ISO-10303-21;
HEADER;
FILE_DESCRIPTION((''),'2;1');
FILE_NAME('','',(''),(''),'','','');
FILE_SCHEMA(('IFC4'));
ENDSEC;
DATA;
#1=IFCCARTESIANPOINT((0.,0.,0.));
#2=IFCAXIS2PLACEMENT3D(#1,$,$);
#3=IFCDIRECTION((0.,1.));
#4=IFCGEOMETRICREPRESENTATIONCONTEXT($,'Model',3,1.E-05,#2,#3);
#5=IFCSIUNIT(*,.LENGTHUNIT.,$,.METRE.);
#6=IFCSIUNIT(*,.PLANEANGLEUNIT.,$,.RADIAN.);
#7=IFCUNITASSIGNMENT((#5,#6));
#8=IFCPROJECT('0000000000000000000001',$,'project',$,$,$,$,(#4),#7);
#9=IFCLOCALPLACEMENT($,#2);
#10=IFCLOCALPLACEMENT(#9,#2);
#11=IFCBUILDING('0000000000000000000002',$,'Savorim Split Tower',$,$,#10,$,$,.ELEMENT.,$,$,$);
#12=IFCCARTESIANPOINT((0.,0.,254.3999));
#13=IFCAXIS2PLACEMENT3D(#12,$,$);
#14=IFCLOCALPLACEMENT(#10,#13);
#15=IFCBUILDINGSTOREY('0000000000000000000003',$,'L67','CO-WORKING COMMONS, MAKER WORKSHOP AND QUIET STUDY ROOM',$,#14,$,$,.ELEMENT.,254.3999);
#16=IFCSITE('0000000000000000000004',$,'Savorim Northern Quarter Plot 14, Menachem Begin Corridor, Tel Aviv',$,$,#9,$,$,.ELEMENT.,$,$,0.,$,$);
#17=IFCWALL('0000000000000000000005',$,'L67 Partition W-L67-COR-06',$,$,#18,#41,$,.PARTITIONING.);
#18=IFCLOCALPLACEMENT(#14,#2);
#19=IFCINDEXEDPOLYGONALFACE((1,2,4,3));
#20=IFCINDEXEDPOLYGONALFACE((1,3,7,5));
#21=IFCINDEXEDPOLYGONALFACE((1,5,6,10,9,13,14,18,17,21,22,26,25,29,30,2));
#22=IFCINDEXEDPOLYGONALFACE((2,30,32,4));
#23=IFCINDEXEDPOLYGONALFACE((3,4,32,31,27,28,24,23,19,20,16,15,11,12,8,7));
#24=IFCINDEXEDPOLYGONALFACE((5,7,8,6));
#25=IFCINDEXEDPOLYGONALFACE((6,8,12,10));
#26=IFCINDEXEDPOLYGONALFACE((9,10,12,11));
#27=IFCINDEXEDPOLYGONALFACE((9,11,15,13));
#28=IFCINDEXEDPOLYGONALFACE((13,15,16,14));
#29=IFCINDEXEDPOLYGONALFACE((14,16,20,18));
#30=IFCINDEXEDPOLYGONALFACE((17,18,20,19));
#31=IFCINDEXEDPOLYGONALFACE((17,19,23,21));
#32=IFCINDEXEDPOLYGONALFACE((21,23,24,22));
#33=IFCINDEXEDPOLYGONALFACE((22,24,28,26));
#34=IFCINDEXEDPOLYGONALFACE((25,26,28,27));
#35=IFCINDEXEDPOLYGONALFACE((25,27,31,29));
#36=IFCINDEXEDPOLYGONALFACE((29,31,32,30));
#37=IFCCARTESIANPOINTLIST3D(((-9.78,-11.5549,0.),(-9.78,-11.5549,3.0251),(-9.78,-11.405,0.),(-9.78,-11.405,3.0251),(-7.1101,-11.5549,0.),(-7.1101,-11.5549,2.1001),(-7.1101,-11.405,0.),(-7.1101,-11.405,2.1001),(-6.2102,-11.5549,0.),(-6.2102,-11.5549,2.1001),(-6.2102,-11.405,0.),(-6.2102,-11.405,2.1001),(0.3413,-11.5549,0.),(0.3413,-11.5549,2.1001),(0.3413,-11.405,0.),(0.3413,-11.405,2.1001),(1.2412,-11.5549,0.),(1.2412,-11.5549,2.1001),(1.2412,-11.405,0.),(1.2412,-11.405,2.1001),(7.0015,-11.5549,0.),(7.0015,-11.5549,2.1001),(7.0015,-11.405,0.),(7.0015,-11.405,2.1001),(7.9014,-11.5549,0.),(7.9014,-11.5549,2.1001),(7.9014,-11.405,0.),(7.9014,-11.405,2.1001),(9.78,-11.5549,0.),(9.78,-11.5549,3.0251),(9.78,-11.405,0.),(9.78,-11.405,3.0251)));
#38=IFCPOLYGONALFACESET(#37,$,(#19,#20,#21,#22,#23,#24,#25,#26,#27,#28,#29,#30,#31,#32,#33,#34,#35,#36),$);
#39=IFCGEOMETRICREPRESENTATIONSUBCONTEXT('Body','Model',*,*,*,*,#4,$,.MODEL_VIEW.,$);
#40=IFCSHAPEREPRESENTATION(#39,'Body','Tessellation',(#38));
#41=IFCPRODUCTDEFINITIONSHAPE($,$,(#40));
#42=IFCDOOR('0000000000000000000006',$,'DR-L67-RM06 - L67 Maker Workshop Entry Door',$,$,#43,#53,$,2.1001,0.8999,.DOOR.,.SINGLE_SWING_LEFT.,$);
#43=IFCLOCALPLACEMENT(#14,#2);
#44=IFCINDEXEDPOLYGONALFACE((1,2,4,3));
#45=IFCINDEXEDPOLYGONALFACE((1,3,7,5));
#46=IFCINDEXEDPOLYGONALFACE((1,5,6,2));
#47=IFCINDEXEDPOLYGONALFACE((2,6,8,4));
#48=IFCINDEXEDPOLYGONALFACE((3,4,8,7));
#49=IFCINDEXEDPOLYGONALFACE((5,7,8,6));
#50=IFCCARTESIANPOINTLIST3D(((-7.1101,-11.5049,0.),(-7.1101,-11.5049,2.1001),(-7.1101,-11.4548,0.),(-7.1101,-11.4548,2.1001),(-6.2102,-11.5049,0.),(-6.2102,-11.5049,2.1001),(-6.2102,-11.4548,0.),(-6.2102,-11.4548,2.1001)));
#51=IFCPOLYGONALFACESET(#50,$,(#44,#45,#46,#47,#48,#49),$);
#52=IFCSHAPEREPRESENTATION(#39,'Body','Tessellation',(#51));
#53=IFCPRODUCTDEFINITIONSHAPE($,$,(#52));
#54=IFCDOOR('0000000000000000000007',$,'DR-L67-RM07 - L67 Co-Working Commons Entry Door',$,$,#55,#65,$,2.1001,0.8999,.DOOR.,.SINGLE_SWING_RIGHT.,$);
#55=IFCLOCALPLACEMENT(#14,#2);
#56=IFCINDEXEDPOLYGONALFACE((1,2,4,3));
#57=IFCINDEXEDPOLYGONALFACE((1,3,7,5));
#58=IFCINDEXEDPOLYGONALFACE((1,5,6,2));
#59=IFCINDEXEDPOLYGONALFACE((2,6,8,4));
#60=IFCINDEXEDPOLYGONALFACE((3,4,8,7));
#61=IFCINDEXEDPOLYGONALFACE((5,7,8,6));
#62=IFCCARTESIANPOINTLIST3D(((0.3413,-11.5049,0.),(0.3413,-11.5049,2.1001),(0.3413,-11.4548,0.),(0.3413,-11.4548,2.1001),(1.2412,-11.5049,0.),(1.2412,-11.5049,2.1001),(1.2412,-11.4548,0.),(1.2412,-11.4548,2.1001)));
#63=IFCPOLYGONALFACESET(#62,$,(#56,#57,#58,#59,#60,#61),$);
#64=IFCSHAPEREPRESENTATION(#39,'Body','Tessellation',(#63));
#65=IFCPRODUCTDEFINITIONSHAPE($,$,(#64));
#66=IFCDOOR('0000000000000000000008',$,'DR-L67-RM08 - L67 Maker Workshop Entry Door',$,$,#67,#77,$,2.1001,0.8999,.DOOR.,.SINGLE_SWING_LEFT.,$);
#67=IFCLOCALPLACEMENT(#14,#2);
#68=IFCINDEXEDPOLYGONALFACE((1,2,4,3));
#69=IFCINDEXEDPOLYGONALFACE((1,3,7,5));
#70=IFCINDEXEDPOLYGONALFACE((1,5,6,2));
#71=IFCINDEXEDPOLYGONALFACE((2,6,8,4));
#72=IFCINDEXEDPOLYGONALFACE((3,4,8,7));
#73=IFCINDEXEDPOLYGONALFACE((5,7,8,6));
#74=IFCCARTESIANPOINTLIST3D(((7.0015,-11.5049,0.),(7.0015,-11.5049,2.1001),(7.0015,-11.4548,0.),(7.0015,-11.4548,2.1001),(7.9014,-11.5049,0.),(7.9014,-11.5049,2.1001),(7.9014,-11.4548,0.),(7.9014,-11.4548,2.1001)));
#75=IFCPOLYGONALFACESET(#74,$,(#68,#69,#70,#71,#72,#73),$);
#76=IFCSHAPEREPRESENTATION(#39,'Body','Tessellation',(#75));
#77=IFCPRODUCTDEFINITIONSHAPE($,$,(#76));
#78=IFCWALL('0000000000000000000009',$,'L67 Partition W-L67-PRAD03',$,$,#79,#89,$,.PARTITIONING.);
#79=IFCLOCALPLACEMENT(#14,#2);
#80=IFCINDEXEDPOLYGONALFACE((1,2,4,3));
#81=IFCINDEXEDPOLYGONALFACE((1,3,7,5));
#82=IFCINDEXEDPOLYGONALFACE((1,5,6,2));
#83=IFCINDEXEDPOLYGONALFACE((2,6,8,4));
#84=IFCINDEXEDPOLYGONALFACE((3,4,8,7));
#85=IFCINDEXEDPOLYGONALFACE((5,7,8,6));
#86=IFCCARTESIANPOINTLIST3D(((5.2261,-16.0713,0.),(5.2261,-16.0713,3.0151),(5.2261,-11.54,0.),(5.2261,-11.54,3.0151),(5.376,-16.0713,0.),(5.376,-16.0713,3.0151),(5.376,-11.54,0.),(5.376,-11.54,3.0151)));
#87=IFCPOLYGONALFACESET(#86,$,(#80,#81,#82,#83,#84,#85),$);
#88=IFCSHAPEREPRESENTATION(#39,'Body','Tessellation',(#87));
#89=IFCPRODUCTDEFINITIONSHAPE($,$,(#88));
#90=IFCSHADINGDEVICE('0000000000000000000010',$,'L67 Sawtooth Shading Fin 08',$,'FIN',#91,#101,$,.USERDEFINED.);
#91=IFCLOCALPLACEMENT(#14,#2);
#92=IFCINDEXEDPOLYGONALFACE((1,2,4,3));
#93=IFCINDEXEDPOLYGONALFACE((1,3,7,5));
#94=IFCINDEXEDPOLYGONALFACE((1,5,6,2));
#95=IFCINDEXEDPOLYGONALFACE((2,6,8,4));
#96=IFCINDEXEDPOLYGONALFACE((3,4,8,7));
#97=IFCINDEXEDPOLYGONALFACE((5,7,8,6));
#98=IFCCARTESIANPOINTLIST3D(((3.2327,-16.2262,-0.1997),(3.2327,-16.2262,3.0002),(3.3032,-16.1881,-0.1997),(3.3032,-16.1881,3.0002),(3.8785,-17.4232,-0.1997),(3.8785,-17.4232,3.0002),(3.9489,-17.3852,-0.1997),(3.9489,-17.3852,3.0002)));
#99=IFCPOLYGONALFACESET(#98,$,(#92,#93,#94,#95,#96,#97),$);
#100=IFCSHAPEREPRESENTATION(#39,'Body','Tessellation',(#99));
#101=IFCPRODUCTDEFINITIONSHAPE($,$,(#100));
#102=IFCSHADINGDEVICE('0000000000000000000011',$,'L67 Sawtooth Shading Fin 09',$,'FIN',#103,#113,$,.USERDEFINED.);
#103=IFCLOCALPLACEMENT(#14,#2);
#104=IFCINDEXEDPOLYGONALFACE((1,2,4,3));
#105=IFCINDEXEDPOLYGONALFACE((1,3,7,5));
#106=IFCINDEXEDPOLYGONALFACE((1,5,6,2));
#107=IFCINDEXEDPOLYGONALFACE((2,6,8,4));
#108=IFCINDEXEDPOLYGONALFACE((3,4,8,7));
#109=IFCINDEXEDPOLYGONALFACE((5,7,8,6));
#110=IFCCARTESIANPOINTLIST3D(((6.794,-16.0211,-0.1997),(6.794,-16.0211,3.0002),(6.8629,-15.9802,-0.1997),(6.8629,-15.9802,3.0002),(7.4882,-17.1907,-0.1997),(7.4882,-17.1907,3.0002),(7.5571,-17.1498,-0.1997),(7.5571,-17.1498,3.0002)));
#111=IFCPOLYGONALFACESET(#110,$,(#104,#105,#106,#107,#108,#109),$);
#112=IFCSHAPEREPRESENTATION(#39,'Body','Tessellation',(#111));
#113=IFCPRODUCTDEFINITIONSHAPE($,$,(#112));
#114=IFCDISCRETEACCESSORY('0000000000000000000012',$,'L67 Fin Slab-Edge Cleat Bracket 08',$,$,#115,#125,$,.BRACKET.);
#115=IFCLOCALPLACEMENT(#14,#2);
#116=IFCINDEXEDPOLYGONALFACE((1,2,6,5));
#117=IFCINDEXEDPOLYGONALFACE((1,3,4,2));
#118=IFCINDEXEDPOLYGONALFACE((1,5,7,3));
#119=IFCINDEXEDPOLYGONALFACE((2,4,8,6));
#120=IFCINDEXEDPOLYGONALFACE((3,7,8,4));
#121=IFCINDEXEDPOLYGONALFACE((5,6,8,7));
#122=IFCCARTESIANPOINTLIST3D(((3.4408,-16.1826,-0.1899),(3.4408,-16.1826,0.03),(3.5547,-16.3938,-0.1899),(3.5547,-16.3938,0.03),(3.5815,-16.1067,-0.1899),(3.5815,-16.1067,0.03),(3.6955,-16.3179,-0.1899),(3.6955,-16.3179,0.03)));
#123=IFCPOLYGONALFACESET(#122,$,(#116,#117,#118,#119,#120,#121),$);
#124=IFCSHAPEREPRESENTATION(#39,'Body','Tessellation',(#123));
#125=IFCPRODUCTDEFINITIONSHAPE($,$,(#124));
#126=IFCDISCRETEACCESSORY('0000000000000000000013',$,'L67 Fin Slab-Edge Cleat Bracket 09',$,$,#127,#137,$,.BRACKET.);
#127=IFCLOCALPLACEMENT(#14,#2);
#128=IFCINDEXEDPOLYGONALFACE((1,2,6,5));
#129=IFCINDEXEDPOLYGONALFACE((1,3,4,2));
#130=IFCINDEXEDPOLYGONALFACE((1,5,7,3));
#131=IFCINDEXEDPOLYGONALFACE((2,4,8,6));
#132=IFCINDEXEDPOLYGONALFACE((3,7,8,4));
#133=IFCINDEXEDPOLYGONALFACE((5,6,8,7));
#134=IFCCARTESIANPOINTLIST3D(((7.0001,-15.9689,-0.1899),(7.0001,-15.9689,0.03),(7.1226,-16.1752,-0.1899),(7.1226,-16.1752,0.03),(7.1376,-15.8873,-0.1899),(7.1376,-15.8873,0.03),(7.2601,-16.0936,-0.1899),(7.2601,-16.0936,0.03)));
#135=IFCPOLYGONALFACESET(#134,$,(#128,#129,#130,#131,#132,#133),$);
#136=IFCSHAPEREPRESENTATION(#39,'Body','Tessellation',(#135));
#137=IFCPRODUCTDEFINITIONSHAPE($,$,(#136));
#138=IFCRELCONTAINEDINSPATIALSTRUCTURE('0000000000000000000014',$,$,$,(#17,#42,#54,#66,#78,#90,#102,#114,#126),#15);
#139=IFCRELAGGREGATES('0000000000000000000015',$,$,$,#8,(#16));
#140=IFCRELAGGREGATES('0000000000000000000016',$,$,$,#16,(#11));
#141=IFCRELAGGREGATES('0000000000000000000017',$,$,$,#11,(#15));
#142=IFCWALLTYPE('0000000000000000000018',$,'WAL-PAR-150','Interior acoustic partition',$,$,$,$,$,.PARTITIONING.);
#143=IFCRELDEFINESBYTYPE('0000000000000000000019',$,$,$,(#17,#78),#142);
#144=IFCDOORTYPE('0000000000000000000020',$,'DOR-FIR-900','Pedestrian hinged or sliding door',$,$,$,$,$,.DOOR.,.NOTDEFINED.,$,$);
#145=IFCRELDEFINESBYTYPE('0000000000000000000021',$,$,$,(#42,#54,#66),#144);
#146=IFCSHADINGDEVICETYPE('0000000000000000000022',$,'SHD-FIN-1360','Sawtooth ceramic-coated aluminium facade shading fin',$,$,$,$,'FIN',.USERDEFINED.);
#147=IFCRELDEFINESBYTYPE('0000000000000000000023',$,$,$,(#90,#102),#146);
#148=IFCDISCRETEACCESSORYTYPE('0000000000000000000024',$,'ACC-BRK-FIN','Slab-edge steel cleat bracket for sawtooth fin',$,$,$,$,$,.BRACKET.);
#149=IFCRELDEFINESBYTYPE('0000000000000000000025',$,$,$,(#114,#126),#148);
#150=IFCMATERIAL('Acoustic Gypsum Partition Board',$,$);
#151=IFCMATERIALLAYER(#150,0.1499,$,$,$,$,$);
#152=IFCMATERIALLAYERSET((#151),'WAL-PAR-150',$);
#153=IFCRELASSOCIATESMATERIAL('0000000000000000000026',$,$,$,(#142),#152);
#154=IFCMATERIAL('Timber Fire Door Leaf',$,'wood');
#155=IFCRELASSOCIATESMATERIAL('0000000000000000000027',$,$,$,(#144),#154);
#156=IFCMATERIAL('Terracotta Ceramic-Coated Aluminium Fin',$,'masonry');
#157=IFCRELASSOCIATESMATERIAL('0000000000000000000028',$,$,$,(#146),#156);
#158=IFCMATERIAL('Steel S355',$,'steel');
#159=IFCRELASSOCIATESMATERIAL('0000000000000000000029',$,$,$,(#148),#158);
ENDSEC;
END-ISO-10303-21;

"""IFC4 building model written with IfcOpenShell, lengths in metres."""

from ifc_helpers import new_model, si_unit, direction, frame, frame_2d, origin, origin_2d, place, context, subcontext, project, spatial, rectangle, extrude, material, layer, layer_set, type_object, element, fill, save


model = new_model("IFC4")

# Units and contexts
model_context = context("Model", 3, precision=1e-05, world=origin(), true_north=direction((0.0, 1.0)))
body_context = subcontext(model_context, "Body", "Model", "MODEL_VIEW")
ifc_project = project(units=[si_unit("LENGTHUNIT", "METRE"), si_unit("PLANEANGLEUNIT", "RADIAN")], contexts=[model_context])

# Site, building, storey
site_placement = place(None, origin())
site = spatial("IfcSite", under=ifc_project, at=site_placement, Name="Savorim Northern Quarter Plot 14, Menachem Begin Corridor, Tel Aviv", CompositionType="ELEMENT", RefElevation=0.0)
building_placement = place(site_placement, origin())
building = spatial("IfcBuilding", under=site, at=building_placement, Name="Savorim Split Tower", CompositionType="ELEMENT")
storey_placement = place(building_placement, frame((0.0, 0.0, 254.3999)))
storey = spatial("IfcBuildingStorey", under=building, at=storey_placement, Name="L67", Description="CO-WORKING COMMONS, MAKER WORKSHOP AND QUIET STUDY ROOM", CompositionType="ELEMENT", Elevation=254.3999)

# Shared definitions
ifc_material_1 = material(Name="Steel S355", Category="steel")

# Wall, openings, doors
ifc_material_2 = material(Name="Acoustic Gypsum Partition Board")
ifc_layer_1 = layer(ifc_material_2, 0.1499)
ifc_layer_set_1 = layer_set([ifc_layer_1], Name="WAL-PAR-150")
wall_type = type_object("IfcWallType", Name="WAL-PAR-150", Description="Interior acoustic partition", PredefinedType="PARTITIONING", material=ifc_layer_set_1)
wall_1_placement = place(storey_placement, frame((9.78, -11.48, 0.0), z_axis=(0.0, 0.0, 1.0), x_axis=(-1.0, 0.0, 0.0)))
wall_1 = element("IfcWall", 1, at=wall_1_placement, inside=storey, type_object=wall_type, Name="L67 Partition W-L67-COR-06", PredefinedType="PARTITIONING", context=body_context, shape_type="SweptSolid", body=[
    extrude(rectangle(XDim=19.5601, YDim=0.1499, at=frame_2d((9.78, 0.0))), origin(), (0.0, 0.0, 1.0), 3.0251),
])
opening_1_placement = place(wall_1_placement, frame((15.9902, 0.0, 0.0)))
opening_1 = element("IfcOpeningElement", 2, at=opening_1_placement, cuts=wall_1, PredefinedType="OPENING", context=body_context, shape_type="SweptSolid", body=[
    extrude(rectangle(XDim=0.8999, YDim=2.1001, at=frame_2d((0.45, 1.05))), frame((0.0, 0.085, 0.0), z_axis=(0.0, -1.0, 0.0), x_axis=(1.0, 0.0, 0.0)), (0.0, 0.0, 1.0), 0.1699),
])
opening_2_placement = place(wall_1_placement, frame((8.5388, 0.0, 0.0)))
opening_2 = element("IfcOpeningElement", 3, at=opening_2_placement, cuts=wall_1, PredefinedType="OPENING", context=body_context, shape_type="SweptSolid", body=[
    extrude(rectangle(XDim=0.8999, YDim=2.1001, at=frame_2d((0.45, 1.05))), frame((0.0, 0.085, 0.0), z_axis=(0.0, -1.0, 0.0), x_axis=(1.0, 0.0, 0.0)), (0.0, 0.0, 1.0), 0.1699),
])
opening_3_placement = place(wall_1_placement, frame((1.8787, 0.0, 0.0)))
opening_3 = element("IfcOpeningElement", 4, at=opening_3_placement, cuts=wall_1, PredefinedType="OPENING", context=body_context, shape_type="SweptSolid", body=[
    extrude(rectangle(XDim=0.8999, YDim=2.1001, at=frame_2d((0.45, 1.05))), frame((0.0, 0.085, 0.0), z_axis=(0.0, -1.0, 0.0), x_axis=(1.0, 0.0, 0.0)), (0.0, 0.0, 1.0), 0.1699),
])
ifc_material_3 = material(Name="Timber Fire Door Leaf", Category="wood")
door_type = type_object("IfcDoorType", Name="DOR-FIR-900", Description="Pedestrian hinged or sliding door", OperationType="NOTDEFINED", PredefinedType="DOOR", material=ifc_material_3)
door_1_placement = place(opening_1_placement, origin())
door_1 = element("IfcDoor", 5, at=door_1_placement, inside=storey, type_object=door_type, Name="DR-L67-RM06 - L67 Maker Workshop Entry Door", OperationType="SINGLE_SWING_LEFT", OverallHeight=2.1001, OverallWidth=0.8999, PredefinedType="DOOR", context=body_context, shape_type="SweptSolid", body=[
    extrude(rectangle(XDim=0.8999, YDim=2.1001, at=frame_2d((0.45, 1.05))), frame((0.0, 0.0249, 0.0), z_axis=(0.0, -1.0, 0.0), x_axis=(1.0, 0.0, 0.0)), (0.0, 0.0, 1.0), 0.05),
])
fill(opening_1, door_1)
door_2_placement = place(opening_2_placement, origin())
door_2 = element("IfcDoor", 6, at=door_2_placement, inside=storey, type_object=door_type, Name="DR-L67-RM07 - L67 Co-Working Commons Entry Door", OperationType="SINGLE_SWING_RIGHT", OverallHeight=2.1001, OverallWidth=0.8999, PredefinedType="DOOR", context=body_context, shape_type="SweptSolid", body=[
    extrude(rectangle(XDim=0.8999, YDim=2.1001, at=frame_2d((0.45, 1.05))), frame((0.0, 0.0249, 0.0), z_axis=(0.0, -1.0, 0.0), x_axis=(1.0, 0.0, 0.0)), (0.0, 0.0, 1.0), 0.05),
])
fill(opening_2, door_2)
door_3_placement = place(opening_3_placement, origin())
door_3 = element("IfcDoor", 7, at=door_3_placement, inside=storey, type_object=door_type, Name="DR-L67-RM08 - L67 Maker Workshop Entry Door", OperationType="SINGLE_SWING_LEFT", OverallHeight=2.1001, OverallWidth=0.8999, PredefinedType="DOOR", context=body_context, shape_type="SweptSolid", body=[
    extrude(rectangle(XDim=0.8999, YDim=2.1001, at=frame_2d((0.45, 1.05))), frame((0.0, 0.0249, 0.0), z_axis=(0.0, -1.0, 0.0), x_axis=(1.0, 0.0, 0.0)), (0.0, 0.0, 1.0), 0.05),
])
fill(opening_3, door_3)

# Wall
wall_2_placement = place(storey_placement, frame((5.301, -11.54, 0.0), z_axis=(0.0, 0.0, 1.0), x_axis=(0.0, -1.0, 0.0)))
element("IfcWall", 8, at=wall_2_placement, inside=storey, type_object=wall_type, Name="L67 Partition W-L67-PRAD03", PredefinedType="PARTITIONING", context=body_context, shape_type="SweptSolid", body=[
    extrude(rectangle(XDim=4.5312, YDim=0.1499, at=frame_2d((2.2656, 0.0))), origin(), (0.0, 0.0, 1.0), 3.0151),
])

# Shading devices
ifc_material_4 = material(Name="Terracotta Ceramic-Coated Aluminium Fin", Category="masonry")
shading_device_type = type_object("IfcShadingDeviceType", Name="SHD-FIN-1360", Description="Sawtooth ceramic-coated aluminium facade shading fin", ElementType="FIN", PredefinedType="USERDEFINED", material=ifc_material_4)
for number, where, z_axis, x_axis, name in (
    (9, (3.5908, -16.8057, -0.1997), (0.0, 0.0, 1.0), (0.474778, -0.880106, 0.0), "L67 Sawtooth Shading Fin 08"),
    (10, (7.1755, -16.5854, -0.1997), (0.0, 0.0, 1.0), (0.510391, -0.859942, 0.0), "L67 Sawtooth Shading Fin 09"),
):
    element("IfcShadingDevice", number, at=place(storey_placement, frame(where, z_axis=z_axis, x_axis=x_axis)), inside=storey, type_object=shading_device_type, Name=name, ObjectType="FIN", PredefinedType="USERDEFINED", context=body_context, shape_type="SweptSolid", body=[
        extrude(rectangle(XDim=1.3601, YDim=0.0801, at=origin_2d()), origin(), (0.0, 0.0, 1.0), 3.2),
    ])

# Discrete accessories
discrete_accessory_type = type_object("IfcDiscreteAccessoryType", Name="ACC-BRK-FIN", Description="Slab-edge steel cleat bracket for sawtooth fin", PredefinedType="BRACKET", material=ifc_material_1)
for number, where, z_axis, x_axis, name in (
    (11, (3.5681, -16.2502, -0.1899), (0.0, 0.0, 1.0), (0.474778, -0.880106, 0.0), "L67 Fin Slab-Edge Cleat Bracket 08"),
    (12, (7.1301, -16.0312, -0.1899), (0.0, 0.0, 1.0), (0.510391, -0.859942, 0.0), "L67 Fin Slab-Edge Cleat Bracket 09"),
):
    element("IfcDiscreteAccessory", number, at=place(storey_placement, frame(where, z_axis=z_axis, x_axis=x_axis)), inside=storey, type_object=discrete_accessory_type, Name=name, PredefinedType="BRACKET", context=body_context, shape_type="SweptSolid", body=[
        extrude(rectangle(XDim=0.24, YDim=0.1599, at=origin_2d()), origin(), (0.0, 0.0, 1.0), 0.22),
    ])

save(model, "model.ifc")
